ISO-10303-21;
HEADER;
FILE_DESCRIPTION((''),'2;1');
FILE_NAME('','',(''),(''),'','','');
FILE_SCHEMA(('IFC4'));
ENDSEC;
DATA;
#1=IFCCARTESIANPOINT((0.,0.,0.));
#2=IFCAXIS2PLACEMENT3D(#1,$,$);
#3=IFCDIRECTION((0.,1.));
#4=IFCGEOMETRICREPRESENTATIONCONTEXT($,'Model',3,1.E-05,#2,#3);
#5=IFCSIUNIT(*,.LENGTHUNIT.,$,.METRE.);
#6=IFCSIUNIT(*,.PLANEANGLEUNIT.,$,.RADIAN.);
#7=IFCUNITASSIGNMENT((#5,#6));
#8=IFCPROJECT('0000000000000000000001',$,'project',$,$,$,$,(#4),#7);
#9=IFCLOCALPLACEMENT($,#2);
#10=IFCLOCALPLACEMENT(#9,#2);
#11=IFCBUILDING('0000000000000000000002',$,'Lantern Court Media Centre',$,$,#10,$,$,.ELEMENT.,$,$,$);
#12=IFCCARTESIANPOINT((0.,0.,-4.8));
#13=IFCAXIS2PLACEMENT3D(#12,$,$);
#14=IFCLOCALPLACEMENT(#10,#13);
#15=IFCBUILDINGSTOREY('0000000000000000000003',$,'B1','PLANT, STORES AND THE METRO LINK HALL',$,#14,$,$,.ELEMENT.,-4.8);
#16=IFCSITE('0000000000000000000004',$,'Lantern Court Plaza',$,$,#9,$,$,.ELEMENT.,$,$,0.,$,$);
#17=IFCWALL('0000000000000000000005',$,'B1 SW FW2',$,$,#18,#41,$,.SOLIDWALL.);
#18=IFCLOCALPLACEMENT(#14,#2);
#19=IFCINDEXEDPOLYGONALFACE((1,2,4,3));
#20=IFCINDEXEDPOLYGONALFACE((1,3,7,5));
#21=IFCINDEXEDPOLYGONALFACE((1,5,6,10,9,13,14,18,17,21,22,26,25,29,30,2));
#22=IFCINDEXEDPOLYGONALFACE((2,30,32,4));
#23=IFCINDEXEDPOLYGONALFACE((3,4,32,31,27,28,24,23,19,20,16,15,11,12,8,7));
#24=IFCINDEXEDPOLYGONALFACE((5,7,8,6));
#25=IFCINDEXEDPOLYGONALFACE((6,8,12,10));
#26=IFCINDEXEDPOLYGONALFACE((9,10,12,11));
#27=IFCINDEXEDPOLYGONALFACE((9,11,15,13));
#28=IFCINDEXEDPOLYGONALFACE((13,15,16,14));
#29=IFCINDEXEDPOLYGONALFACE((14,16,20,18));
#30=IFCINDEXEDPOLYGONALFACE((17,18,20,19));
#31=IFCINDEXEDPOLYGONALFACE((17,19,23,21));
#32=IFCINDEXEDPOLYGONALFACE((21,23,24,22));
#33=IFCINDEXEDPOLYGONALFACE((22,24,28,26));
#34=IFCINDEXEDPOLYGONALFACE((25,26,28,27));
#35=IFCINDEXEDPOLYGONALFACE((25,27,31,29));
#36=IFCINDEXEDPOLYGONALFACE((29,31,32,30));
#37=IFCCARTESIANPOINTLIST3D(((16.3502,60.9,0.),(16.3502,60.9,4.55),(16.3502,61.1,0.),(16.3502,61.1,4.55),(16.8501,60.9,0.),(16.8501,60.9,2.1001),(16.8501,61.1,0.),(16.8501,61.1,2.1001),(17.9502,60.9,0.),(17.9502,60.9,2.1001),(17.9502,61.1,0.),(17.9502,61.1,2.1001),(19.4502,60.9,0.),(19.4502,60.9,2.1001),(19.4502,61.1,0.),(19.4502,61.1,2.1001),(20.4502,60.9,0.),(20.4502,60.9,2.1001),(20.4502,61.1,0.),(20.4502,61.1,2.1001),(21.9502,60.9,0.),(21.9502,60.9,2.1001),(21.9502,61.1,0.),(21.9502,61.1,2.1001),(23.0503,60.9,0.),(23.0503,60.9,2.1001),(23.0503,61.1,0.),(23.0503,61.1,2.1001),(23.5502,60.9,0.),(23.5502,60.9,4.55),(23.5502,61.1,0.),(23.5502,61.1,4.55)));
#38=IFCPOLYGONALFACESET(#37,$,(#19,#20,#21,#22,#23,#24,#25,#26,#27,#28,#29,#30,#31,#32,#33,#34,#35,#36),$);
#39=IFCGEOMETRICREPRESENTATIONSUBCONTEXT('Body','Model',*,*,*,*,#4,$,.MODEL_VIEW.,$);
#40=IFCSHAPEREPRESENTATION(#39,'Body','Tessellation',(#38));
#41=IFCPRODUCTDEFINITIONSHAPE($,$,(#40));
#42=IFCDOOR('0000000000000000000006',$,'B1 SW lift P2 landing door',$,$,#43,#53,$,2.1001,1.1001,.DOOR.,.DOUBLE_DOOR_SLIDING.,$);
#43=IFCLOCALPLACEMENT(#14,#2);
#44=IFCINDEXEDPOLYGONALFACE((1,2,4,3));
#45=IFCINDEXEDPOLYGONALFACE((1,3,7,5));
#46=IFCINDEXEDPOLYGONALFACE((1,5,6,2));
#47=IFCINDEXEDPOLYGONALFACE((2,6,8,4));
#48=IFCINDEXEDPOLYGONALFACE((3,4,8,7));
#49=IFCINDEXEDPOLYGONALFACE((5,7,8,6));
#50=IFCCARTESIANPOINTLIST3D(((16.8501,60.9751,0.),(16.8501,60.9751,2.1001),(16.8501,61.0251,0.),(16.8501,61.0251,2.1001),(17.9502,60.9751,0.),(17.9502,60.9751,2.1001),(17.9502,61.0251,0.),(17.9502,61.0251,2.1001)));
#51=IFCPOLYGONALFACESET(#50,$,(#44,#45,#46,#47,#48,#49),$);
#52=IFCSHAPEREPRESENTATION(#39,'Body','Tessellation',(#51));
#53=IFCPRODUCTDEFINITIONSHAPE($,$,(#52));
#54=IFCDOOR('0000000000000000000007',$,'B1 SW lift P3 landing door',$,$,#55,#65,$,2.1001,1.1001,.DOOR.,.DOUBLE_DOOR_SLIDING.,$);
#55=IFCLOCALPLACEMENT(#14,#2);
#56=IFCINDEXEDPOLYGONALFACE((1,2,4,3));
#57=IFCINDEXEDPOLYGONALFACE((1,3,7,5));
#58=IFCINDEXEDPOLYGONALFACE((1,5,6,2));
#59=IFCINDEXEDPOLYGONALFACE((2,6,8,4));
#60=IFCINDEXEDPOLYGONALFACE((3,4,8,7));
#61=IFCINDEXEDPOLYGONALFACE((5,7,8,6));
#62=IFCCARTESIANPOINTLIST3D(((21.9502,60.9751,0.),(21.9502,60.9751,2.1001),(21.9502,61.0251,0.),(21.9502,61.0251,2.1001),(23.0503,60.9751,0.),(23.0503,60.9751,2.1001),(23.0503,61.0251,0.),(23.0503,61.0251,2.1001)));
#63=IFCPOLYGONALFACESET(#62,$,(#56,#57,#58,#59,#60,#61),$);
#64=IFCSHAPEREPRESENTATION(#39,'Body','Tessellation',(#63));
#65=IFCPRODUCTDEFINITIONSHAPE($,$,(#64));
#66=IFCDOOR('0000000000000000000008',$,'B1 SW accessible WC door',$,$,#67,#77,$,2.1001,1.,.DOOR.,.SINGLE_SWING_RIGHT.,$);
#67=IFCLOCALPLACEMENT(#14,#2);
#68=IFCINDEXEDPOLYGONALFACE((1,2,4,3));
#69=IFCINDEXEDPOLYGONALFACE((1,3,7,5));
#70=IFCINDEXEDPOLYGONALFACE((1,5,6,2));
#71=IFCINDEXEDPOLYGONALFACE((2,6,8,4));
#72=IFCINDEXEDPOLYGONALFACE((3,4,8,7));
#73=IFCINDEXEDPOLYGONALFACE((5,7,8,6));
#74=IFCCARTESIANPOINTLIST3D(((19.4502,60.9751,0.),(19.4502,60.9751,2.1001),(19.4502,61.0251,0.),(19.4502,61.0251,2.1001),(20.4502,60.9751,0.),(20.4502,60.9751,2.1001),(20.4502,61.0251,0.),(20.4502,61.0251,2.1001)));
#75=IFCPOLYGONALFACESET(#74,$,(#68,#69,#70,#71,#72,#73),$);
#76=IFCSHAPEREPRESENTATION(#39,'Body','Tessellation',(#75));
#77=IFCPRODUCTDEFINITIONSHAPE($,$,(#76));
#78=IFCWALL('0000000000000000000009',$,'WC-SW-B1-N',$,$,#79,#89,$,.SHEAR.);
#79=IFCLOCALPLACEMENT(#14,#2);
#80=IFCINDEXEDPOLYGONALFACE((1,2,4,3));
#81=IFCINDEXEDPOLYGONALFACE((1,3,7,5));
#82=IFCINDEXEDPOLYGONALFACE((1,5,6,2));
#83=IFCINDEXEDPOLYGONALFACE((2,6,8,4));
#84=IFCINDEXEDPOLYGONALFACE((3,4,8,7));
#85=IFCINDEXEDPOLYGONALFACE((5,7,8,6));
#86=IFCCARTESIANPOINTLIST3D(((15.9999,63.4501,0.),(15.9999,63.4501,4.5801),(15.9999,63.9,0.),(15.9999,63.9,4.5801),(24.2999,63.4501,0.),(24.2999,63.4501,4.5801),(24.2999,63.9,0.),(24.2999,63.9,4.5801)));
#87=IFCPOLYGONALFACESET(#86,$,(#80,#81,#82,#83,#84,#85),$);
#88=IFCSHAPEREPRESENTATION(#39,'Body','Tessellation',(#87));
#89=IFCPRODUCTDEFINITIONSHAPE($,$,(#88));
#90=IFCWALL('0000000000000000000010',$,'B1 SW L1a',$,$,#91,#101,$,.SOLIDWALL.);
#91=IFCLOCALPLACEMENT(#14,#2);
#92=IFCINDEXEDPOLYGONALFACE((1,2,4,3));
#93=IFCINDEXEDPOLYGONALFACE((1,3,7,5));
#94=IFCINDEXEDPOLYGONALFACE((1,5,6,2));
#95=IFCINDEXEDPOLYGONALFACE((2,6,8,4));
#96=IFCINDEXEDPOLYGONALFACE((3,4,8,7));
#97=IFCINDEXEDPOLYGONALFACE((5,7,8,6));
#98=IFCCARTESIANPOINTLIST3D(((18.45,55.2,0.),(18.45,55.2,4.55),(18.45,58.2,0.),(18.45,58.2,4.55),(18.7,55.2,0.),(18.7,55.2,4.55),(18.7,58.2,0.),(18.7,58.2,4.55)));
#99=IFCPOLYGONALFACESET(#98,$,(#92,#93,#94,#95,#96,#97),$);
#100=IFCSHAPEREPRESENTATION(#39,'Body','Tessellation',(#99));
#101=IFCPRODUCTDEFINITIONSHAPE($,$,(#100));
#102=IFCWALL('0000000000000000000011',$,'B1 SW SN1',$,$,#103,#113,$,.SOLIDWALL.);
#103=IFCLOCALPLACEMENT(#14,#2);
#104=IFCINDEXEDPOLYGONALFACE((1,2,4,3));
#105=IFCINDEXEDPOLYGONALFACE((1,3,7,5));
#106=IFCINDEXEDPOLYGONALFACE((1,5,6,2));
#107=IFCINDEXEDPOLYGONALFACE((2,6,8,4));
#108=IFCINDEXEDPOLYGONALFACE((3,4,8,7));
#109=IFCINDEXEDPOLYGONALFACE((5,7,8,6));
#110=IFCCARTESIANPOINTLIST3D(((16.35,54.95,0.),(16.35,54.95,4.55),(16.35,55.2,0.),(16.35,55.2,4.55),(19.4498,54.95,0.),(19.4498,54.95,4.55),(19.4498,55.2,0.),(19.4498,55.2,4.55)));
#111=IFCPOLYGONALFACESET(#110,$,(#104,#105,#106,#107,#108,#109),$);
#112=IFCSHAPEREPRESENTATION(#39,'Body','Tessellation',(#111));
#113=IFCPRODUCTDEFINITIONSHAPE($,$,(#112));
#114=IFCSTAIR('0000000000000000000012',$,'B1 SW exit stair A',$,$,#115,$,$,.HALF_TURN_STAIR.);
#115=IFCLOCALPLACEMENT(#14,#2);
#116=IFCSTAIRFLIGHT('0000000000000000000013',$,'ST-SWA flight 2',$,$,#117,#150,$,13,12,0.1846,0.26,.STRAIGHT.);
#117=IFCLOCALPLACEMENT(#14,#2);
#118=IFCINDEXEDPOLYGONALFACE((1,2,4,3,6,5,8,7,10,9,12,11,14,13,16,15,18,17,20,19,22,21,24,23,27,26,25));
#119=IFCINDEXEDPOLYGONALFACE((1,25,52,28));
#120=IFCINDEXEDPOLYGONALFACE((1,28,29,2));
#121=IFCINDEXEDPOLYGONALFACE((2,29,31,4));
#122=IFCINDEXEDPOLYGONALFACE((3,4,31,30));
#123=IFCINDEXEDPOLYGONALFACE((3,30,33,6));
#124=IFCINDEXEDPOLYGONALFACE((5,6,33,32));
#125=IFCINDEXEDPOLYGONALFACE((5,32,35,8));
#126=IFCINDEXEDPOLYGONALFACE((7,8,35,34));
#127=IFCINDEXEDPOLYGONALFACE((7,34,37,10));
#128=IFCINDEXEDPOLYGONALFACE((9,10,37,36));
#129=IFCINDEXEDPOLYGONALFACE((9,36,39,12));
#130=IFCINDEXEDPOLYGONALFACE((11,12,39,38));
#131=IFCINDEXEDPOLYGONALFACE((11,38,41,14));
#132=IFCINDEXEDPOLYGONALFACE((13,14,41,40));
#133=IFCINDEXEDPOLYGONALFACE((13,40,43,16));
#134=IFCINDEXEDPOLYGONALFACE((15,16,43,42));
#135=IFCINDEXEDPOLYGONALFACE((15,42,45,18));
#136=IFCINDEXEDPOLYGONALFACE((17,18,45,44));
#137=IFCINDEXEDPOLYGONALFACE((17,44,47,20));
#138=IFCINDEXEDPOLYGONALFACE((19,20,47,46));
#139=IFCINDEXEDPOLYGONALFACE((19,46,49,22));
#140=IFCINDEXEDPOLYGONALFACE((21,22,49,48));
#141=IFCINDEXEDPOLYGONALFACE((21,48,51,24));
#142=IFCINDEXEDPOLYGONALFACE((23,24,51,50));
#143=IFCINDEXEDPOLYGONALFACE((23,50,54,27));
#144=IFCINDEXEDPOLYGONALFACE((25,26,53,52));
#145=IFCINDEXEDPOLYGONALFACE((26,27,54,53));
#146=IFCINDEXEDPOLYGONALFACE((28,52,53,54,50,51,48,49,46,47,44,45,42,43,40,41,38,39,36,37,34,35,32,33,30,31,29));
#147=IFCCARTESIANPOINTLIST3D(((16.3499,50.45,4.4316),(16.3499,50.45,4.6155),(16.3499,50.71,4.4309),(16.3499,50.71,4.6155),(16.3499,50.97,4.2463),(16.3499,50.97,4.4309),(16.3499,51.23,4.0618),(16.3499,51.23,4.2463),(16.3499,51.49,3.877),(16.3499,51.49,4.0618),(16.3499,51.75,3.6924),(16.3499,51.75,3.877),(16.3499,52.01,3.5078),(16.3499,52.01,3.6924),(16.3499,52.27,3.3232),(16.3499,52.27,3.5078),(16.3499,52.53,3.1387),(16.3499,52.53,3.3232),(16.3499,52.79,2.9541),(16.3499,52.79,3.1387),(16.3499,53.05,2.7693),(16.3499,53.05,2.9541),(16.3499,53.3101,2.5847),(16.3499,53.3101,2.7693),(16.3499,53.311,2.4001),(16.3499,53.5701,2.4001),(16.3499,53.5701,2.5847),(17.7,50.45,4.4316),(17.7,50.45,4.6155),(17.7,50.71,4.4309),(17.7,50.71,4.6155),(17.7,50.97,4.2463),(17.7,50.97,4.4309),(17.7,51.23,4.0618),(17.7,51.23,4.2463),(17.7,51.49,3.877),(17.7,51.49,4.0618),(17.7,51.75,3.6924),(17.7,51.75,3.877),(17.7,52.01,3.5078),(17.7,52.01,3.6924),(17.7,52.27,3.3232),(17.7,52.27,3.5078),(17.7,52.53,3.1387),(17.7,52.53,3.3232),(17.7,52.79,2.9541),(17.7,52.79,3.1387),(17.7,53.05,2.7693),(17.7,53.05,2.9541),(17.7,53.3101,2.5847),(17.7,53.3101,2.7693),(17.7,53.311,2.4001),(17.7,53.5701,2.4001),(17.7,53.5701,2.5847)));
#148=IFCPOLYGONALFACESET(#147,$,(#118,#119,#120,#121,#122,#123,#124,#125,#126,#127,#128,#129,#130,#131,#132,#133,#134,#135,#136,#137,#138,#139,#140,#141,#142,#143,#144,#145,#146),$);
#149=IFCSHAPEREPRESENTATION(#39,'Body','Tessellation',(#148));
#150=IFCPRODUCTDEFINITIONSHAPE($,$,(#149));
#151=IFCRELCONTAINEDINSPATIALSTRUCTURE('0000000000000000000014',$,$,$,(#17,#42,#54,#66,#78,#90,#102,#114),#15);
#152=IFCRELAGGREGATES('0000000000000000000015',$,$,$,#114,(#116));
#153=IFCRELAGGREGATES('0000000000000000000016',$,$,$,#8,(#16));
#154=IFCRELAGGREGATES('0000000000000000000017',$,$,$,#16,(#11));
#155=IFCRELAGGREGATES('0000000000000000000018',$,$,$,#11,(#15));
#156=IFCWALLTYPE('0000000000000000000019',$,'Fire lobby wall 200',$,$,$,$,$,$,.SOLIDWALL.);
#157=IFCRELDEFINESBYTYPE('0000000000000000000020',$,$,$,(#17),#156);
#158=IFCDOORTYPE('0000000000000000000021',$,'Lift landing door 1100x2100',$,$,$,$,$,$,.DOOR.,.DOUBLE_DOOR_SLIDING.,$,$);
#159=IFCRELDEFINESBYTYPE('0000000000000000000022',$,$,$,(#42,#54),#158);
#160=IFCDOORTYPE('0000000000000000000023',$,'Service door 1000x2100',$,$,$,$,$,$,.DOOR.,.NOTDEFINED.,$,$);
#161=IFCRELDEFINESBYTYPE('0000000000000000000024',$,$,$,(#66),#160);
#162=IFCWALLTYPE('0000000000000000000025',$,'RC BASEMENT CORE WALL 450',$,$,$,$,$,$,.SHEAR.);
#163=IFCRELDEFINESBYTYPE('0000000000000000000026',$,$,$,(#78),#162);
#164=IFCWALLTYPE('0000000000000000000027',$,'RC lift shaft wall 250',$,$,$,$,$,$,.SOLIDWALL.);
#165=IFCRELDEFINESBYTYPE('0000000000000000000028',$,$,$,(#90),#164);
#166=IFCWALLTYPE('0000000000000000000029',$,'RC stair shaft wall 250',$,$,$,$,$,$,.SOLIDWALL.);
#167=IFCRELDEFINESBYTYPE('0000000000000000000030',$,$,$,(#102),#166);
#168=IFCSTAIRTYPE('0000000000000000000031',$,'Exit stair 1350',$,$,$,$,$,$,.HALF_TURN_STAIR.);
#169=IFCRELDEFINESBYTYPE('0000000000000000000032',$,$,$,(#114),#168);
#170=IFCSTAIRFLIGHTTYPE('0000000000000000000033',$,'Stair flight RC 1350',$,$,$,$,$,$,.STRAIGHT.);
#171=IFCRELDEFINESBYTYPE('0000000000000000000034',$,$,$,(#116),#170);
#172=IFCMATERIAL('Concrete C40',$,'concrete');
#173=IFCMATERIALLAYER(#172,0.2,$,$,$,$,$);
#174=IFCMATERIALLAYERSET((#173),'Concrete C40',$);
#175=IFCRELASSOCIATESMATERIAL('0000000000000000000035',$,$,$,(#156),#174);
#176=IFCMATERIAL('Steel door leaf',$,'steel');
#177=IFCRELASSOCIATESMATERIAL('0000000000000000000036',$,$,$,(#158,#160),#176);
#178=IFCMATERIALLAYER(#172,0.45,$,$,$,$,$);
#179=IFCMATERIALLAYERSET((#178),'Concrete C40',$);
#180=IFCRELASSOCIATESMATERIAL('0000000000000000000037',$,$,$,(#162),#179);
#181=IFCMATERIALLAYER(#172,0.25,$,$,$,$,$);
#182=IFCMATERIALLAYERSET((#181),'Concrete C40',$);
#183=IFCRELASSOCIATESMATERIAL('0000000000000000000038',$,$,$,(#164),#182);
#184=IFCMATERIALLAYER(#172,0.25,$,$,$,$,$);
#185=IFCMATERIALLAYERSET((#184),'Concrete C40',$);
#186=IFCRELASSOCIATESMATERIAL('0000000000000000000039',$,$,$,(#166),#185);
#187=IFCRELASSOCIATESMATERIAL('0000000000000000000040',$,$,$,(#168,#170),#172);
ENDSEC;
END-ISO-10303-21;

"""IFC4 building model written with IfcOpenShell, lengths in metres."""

from ifc_helpers import new_model, si_unit, direction, frame, frame_2d, origin, place, context, subcontext, project, spatial, polyline, rectangle, outline, extrude, material, layer, layer_set, type_object, element, fill, aggregate, save


model = new_model("IFC4")

# Units and contexts
model_context = context("Model", 3, precision=1e-05, world=origin(), true_north=direction((0.0, 1.0)))
body_context = subcontext(model_context, "Body", "Model", "MODEL_VIEW")
ifc_project = project(units=[si_unit("LENGTHUNIT", "METRE"), si_unit("PLANEANGLEUNIT", "RADIAN")], contexts=[model_context])

# Site, building, storey
site_placement = place(None, origin())
site = spatial("IfcSite", under=ifc_project, at=site_placement, Name="Lantern Court Plaza", CompositionType="ELEMENT", RefElevation=0.0)
building_placement = place(site_placement, origin())
building = spatial("IfcBuilding", under=site, at=building_placement, Name="Lantern Court Media Centre", CompositionType="ELEMENT")
storey_placement = place(building_placement, frame((0.0, 0.0, -4.8)))
storey = spatial("IfcBuildingStorey", under=building, at=storey_placement, Name="B1", Description="PLANT, STORES AND THE METRO LINK HALL", CompositionType="ELEMENT", Elevation=-4.8)

# Wall, openings, doors
ifc_material_1 = material(Name="Concrete C40", Category="concrete")
ifc_layer_1 = layer(ifc_material_1, 0.2)
ifc_layer_set_1 = layer_set([ifc_layer_1], Name="Concrete C40")
wall_type_1 = type_object("IfcWallType", Name="Fire lobby wall 200", PredefinedType="SOLIDWALL", material=ifc_layer_set_1)
ifc_material_2 = material(Name="Steel door leaf", Category="steel")
door_type_1 = type_object("IfcDoorType", Name="Lift landing door 1100x2100", OperationType="DOUBLE_DOOR_SLIDING", PredefinedType="DOOR", material=ifc_material_2)
door_type_2 = type_object("IfcDoorType", Name="Service door 1000x2100", OperationType="NOTDEFINED", PredefinedType="DOOR", material=ifc_material_2)
wall_1_placement = place(storey_placement, frame((16.3501, 61.0, 0.0), z_axis=(0.0, 0.0, 1.0), x_axis=(1.0, 0.0, 0.0)))
wall_1 = element("IfcWall", 1, at=wall_1_placement, inside=storey, type_object=wall_type_1, Name="B1 SW FW2", PredefinedType="SOLIDWALL", context=body_context, shape_type="SweptSolid", body=[
    extrude(rectangle(XDim=7.2, YDim=0.2, at=frame_2d((3.6001, 0.0))), origin(), (0.0, 0.0, 1.0), 4.55),
])
opening_1_placement = place(wall_1_placement, frame((0.5, 0.0, 0.0)))
opening_1 = element("IfcOpeningElement", 2, at=opening_1_placement, cuts=wall_1, PredefinedType="OPENING", context=body_context, shape_type="SweptSolid", body=[
    extrude(rectangle(XDim=1.1001, YDim=2.1001, at=frame_2d((0.55, 1.05))), frame((0.0, 0.1099, 0.0), z_axis=(0.0, -1.0, 0.0), x_axis=(1.0, 0.0, 0.0)), (0.0, 0.0, 1.0), 0.22),
])
opening_2_placement = place(wall_1_placement, frame((5.6001, 0.0, 0.0)))
opening_2 = element("IfcOpeningElement", 3, at=opening_2_placement, cuts=wall_1, PredefinedType="OPENING", context=body_context, shape_type="SweptSolid", body=[
    extrude(rectangle(XDim=1.1001, YDim=2.1001, at=frame_2d((0.55, 1.05))), frame((0.0, 0.1099, 0.0), z_axis=(0.0, -1.0, 0.0), x_axis=(1.0, 0.0, 0.0)), (0.0, 0.0, 1.0), 0.22),
])
opening_3_placement = place(wall_1_placement, frame((3.1001, 0.0, 0.0)))
opening_3 = element("IfcOpeningElement", 4, at=opening_3_placement, cuts=wall_1, PredefinedType="OPENING", context=body_context, shape_type="SweptSolid", body=[
    extrude(rectangle(XDim=1.0, YDim=2.1001, at=frame_2d((0.5, 1.05))), frame((0.0, 0.1099, 0.0), z_axis=(0.0, -1.0, 0.0), x_axis=(1.0, 0.0, 0.0)), (0.0, 0.0, 1.0), 0.22),
])
door_1_placement = place(opening_1_placement, frame((1.1001, 0.0, 0.0), z_axis=(0.0, 0.0, 1.0), x_axis=(-1.0, 0.0, 0.0)))
door_1 = element("IfcDoor", 5, at=door_1_placement, inside=storey, type_object=door_type_1, Name="B1 SW lift P2 landing door", OperationType="DOUBLE_DOOR_SLIDING", OverallHeight=2.1001, OverallWidth=1.1001, PredefinedType="DOOR", context=body_context, shape_type="SweptSolid", body=[
    extrude(rectangle(XDim=1.1001, YDim=2.1001, at=frame_2d((0.55, 1.05))), frame((0.0, 0.0249, 0.0), z_axis=(0.0, -1.0, 0.0), x_axis=(1.0, 0.0, 0.0)), (0.0, 0.0, 1.0), 0.05),
])
fill(opening_1, door_1)
door_2_placement = place(opening_2_placement, frame((1.1001, 0.0, 0.0), z_axis=(0.0, 0.0, 1.0), x_axis=(-1.0, 0.0, 0.0)))
door_2 = element("IfcDoor", 6, at=door_2_placement, inside=storey, type_object=door_type_1, Name="B1 SW lift P3 landing door", OperationType="DOUBLE_DOOR_SLIDING", OverallHeight=2.1001, OverallWidth=1.1001, PredefinedType="DOOR", context=body_context, shape_type="SweptSolid", body=[
    extrude(rectangle(XDim=1.1001, YDim=2.1001, at=frame_2d((0.55, 1.05))), frame((0.0, 0.0249, 0.0), z_axis=(0.0, -1.0, 0.0), x_axis=(1.0, 0.0, 0.0)), (0.0, 0.0, 1.0), 0.05),
])
fill(opening_2, door_2)
door_3_placement = place(opening_3_placement, frame((1.0, 0.0, 0.0), z_axis=(0.0, 0.0, 1.0), x_axis=(-1.0, 0.0, 0.0)))
door_3 = element("IfcDoor", 7, at=door_3_placement, inside=storey, type_object=door_type_2, Name="B1 SW accessible WC door", OperationType="SINGLE_SWING_RIGHT", OverallHeight=2.1001, OverallWidth=1.0, PredefinedType="DOOR", context=body_context, shape_type="SweptSolid", body=[
    extrude(rectangle(XDim=1.0, YDim=2.1001, at=frame_2d((0.5, 1.05))), frame((0.0, 0.0249, 0.0), z_axis=(0.0, -1.0, 0.0), x_axis=(1.0, 0.0, 0.0)), (0.0, 0.0, 1.0), 0.05),
])
fill(opening_3, door_3)

# Walls
ifc_layer_2 = layer(ifc_material_1, 0.45)
ifc_layer_set_2 = layer_set([ifc_layer_2], Name="Concrete C40")
wall_type_2 = type_object("IfcWallType", Name="RC BASEMENT CORE WALL 450", PredefinedType="SHEAR", material=ifc_layer_set_2)
wall_2_placement = place(storey_placement, frame((16.0, 63.675, 0.0), z_axis=(0.0, 0.0, 1.0), x_axis=(1.0, 0.0, 0.0)))
element("IfcWall", 8, at=wall_2_placement, inside=storey, type_object=wall_type_2, Name="WC-SW-B1-N", PredefinedType="SHEAR", context=body_context, shape_type="SweptSolid", body=[
    extrude(rectangle(XDim=8.3, YDim=0.45, at=frame_2d((4.1499, 0.0))), origin(), (0.0, 0.0, 1.0), 4.5801),
])
ifc_layer_3 = layer(ifc_material_1, 0.25)
ifc_layer_set_3 = layer_set([ifc_layer_3], Name="Concrete C40")
wall_type_3 = type_object("IfcWallType", Name="RC lift shaft wall 250", PredefinedType="SOLIDWALL", material=ifc_layer_set_3)
wall_3_placement = place(storey_placement, frame((18.575, 55.2, 0.0), z_axis=(0.0, 0.0, 1.0), x_axis=(0.0, 1.0, 0.0)))
element("IfcWall", 9, at=wall_3_placement, inside=storey, type_object=wall_type_3, Name="B1 SW L1a", PredefinedType="SOLIDWALL", context=body_context, shape_type="SweptSolid", body=[
    extrude(rectangle(XDim=3.0, YDim=0.25, at=frame_2d((1.5, 0.0))), origin(), (0.0, 0.0, 1.0), 4.55),
])
ifc_layer_4 = layer(ifc_material_1, 0.25)
ifc_layer_set_4 = layer_set([ifc_layer_4], Name="Concrete C40")
wall_type_4 = type_object("IfcWallType", Name="RC stair shaft wall 250", PredefinedType="SOLIDWALL", material=ifc_layer_set_4)
wall_4_placement = place(storey_placement, frame((16.3501, 55.075, 0.0), z_axis=(0.0, 0.0, 1.0), x_axis=(1.0, 0.0, 0.0)))
element("IfcWall", 10, at=wall_4_placement, inside=storey, type_object=wall_type_4, Name="B1 SW SN1", PredefinedType="SOLIDWALL", context=body_context, shape_type="SweptSolid", body=[
    extrude(rectangle(XDim=3.0999, YDim=0.25, at=frame_2d((1.5498, 0.0))), origin(), (0.0, 0.0, 1.0), 4.55),
])

# Stair, stair flight
stair_type = type_object("IfcStairType", Name="Exit stair 1350", PredefinedType="HALF_TURN_STAIR", material=ifc_material_1)
stair_placement = place(storey_placement, origin())
stair = element("IfcStair", 11, at=stair_placement, inside=storey, type_object=stair_type, Name="B1 SW exit stair A", PredefinedType="HALF_TURN_STAIR")
stair_flight_type = type_object("IfcStairFlightType", Name="Stair flight RC 1350", PredefinedType="STRAIGHT", material=ifc_material_1)
stair_flight_placement = place(storey_placement, frame((17.0249, 53.5701, 2.4001), z_axis=(0.0, 0.0, 1.0), x_axis=(0.0, -1.0, 0.0)))
stair_flight = element("IfcStairFlight", 12, at=stair_flight_placement, type_object=stair_flight_type, Name="ST-SWA flight 2", NumberOfRisers=13, NumberOfTreads=12, PredefinedType="STRAIGHT", RiserHeight=0.1846, TreadLength=0.26, context=body_context, shape_type="SweptSolid", body=[
    extrude(outline(polyline([(0.0, 0.0), (0.0, 0.1846), (0.26, 0.1846), (0.26, 0.3691), (0.52, 0.3691), (0.52, 0.554), (0.78, 0.554), (0.78, 0.7385), (1.04, 0.7385), (1.04, 0.9231), (1.3, 0.9231), (1.3, 1.1077), (1.5601, 1.1077), (1.5601, 1.2922), (1.8201, 1.2922), (1.8201, 1.4768), (2.0801, 1.4768), (2.0801, 1.6616), (2.3401, 1.6616), (2.3401, 1.8462), (2.6001, 1.8462), (2.6001, 2.0308), (2.8601, 2.0308), (2.8601, 2.2153), (3.1201, 2.2153), (3.1201, 2.3999), (3.1201, 2.0315), (0.259, 0.0), (0.0, 0.0)])), frame((0.0, 0.675, 0.0), z_axis=(0.0, -1.0, 0.0), x_axis=(1.0, 0.0, 0.0)), (0.0, 0.0, 1.0), 1.3501),
])
aggregate(stair, [stair_flight])

save(model, "model.ifc")
